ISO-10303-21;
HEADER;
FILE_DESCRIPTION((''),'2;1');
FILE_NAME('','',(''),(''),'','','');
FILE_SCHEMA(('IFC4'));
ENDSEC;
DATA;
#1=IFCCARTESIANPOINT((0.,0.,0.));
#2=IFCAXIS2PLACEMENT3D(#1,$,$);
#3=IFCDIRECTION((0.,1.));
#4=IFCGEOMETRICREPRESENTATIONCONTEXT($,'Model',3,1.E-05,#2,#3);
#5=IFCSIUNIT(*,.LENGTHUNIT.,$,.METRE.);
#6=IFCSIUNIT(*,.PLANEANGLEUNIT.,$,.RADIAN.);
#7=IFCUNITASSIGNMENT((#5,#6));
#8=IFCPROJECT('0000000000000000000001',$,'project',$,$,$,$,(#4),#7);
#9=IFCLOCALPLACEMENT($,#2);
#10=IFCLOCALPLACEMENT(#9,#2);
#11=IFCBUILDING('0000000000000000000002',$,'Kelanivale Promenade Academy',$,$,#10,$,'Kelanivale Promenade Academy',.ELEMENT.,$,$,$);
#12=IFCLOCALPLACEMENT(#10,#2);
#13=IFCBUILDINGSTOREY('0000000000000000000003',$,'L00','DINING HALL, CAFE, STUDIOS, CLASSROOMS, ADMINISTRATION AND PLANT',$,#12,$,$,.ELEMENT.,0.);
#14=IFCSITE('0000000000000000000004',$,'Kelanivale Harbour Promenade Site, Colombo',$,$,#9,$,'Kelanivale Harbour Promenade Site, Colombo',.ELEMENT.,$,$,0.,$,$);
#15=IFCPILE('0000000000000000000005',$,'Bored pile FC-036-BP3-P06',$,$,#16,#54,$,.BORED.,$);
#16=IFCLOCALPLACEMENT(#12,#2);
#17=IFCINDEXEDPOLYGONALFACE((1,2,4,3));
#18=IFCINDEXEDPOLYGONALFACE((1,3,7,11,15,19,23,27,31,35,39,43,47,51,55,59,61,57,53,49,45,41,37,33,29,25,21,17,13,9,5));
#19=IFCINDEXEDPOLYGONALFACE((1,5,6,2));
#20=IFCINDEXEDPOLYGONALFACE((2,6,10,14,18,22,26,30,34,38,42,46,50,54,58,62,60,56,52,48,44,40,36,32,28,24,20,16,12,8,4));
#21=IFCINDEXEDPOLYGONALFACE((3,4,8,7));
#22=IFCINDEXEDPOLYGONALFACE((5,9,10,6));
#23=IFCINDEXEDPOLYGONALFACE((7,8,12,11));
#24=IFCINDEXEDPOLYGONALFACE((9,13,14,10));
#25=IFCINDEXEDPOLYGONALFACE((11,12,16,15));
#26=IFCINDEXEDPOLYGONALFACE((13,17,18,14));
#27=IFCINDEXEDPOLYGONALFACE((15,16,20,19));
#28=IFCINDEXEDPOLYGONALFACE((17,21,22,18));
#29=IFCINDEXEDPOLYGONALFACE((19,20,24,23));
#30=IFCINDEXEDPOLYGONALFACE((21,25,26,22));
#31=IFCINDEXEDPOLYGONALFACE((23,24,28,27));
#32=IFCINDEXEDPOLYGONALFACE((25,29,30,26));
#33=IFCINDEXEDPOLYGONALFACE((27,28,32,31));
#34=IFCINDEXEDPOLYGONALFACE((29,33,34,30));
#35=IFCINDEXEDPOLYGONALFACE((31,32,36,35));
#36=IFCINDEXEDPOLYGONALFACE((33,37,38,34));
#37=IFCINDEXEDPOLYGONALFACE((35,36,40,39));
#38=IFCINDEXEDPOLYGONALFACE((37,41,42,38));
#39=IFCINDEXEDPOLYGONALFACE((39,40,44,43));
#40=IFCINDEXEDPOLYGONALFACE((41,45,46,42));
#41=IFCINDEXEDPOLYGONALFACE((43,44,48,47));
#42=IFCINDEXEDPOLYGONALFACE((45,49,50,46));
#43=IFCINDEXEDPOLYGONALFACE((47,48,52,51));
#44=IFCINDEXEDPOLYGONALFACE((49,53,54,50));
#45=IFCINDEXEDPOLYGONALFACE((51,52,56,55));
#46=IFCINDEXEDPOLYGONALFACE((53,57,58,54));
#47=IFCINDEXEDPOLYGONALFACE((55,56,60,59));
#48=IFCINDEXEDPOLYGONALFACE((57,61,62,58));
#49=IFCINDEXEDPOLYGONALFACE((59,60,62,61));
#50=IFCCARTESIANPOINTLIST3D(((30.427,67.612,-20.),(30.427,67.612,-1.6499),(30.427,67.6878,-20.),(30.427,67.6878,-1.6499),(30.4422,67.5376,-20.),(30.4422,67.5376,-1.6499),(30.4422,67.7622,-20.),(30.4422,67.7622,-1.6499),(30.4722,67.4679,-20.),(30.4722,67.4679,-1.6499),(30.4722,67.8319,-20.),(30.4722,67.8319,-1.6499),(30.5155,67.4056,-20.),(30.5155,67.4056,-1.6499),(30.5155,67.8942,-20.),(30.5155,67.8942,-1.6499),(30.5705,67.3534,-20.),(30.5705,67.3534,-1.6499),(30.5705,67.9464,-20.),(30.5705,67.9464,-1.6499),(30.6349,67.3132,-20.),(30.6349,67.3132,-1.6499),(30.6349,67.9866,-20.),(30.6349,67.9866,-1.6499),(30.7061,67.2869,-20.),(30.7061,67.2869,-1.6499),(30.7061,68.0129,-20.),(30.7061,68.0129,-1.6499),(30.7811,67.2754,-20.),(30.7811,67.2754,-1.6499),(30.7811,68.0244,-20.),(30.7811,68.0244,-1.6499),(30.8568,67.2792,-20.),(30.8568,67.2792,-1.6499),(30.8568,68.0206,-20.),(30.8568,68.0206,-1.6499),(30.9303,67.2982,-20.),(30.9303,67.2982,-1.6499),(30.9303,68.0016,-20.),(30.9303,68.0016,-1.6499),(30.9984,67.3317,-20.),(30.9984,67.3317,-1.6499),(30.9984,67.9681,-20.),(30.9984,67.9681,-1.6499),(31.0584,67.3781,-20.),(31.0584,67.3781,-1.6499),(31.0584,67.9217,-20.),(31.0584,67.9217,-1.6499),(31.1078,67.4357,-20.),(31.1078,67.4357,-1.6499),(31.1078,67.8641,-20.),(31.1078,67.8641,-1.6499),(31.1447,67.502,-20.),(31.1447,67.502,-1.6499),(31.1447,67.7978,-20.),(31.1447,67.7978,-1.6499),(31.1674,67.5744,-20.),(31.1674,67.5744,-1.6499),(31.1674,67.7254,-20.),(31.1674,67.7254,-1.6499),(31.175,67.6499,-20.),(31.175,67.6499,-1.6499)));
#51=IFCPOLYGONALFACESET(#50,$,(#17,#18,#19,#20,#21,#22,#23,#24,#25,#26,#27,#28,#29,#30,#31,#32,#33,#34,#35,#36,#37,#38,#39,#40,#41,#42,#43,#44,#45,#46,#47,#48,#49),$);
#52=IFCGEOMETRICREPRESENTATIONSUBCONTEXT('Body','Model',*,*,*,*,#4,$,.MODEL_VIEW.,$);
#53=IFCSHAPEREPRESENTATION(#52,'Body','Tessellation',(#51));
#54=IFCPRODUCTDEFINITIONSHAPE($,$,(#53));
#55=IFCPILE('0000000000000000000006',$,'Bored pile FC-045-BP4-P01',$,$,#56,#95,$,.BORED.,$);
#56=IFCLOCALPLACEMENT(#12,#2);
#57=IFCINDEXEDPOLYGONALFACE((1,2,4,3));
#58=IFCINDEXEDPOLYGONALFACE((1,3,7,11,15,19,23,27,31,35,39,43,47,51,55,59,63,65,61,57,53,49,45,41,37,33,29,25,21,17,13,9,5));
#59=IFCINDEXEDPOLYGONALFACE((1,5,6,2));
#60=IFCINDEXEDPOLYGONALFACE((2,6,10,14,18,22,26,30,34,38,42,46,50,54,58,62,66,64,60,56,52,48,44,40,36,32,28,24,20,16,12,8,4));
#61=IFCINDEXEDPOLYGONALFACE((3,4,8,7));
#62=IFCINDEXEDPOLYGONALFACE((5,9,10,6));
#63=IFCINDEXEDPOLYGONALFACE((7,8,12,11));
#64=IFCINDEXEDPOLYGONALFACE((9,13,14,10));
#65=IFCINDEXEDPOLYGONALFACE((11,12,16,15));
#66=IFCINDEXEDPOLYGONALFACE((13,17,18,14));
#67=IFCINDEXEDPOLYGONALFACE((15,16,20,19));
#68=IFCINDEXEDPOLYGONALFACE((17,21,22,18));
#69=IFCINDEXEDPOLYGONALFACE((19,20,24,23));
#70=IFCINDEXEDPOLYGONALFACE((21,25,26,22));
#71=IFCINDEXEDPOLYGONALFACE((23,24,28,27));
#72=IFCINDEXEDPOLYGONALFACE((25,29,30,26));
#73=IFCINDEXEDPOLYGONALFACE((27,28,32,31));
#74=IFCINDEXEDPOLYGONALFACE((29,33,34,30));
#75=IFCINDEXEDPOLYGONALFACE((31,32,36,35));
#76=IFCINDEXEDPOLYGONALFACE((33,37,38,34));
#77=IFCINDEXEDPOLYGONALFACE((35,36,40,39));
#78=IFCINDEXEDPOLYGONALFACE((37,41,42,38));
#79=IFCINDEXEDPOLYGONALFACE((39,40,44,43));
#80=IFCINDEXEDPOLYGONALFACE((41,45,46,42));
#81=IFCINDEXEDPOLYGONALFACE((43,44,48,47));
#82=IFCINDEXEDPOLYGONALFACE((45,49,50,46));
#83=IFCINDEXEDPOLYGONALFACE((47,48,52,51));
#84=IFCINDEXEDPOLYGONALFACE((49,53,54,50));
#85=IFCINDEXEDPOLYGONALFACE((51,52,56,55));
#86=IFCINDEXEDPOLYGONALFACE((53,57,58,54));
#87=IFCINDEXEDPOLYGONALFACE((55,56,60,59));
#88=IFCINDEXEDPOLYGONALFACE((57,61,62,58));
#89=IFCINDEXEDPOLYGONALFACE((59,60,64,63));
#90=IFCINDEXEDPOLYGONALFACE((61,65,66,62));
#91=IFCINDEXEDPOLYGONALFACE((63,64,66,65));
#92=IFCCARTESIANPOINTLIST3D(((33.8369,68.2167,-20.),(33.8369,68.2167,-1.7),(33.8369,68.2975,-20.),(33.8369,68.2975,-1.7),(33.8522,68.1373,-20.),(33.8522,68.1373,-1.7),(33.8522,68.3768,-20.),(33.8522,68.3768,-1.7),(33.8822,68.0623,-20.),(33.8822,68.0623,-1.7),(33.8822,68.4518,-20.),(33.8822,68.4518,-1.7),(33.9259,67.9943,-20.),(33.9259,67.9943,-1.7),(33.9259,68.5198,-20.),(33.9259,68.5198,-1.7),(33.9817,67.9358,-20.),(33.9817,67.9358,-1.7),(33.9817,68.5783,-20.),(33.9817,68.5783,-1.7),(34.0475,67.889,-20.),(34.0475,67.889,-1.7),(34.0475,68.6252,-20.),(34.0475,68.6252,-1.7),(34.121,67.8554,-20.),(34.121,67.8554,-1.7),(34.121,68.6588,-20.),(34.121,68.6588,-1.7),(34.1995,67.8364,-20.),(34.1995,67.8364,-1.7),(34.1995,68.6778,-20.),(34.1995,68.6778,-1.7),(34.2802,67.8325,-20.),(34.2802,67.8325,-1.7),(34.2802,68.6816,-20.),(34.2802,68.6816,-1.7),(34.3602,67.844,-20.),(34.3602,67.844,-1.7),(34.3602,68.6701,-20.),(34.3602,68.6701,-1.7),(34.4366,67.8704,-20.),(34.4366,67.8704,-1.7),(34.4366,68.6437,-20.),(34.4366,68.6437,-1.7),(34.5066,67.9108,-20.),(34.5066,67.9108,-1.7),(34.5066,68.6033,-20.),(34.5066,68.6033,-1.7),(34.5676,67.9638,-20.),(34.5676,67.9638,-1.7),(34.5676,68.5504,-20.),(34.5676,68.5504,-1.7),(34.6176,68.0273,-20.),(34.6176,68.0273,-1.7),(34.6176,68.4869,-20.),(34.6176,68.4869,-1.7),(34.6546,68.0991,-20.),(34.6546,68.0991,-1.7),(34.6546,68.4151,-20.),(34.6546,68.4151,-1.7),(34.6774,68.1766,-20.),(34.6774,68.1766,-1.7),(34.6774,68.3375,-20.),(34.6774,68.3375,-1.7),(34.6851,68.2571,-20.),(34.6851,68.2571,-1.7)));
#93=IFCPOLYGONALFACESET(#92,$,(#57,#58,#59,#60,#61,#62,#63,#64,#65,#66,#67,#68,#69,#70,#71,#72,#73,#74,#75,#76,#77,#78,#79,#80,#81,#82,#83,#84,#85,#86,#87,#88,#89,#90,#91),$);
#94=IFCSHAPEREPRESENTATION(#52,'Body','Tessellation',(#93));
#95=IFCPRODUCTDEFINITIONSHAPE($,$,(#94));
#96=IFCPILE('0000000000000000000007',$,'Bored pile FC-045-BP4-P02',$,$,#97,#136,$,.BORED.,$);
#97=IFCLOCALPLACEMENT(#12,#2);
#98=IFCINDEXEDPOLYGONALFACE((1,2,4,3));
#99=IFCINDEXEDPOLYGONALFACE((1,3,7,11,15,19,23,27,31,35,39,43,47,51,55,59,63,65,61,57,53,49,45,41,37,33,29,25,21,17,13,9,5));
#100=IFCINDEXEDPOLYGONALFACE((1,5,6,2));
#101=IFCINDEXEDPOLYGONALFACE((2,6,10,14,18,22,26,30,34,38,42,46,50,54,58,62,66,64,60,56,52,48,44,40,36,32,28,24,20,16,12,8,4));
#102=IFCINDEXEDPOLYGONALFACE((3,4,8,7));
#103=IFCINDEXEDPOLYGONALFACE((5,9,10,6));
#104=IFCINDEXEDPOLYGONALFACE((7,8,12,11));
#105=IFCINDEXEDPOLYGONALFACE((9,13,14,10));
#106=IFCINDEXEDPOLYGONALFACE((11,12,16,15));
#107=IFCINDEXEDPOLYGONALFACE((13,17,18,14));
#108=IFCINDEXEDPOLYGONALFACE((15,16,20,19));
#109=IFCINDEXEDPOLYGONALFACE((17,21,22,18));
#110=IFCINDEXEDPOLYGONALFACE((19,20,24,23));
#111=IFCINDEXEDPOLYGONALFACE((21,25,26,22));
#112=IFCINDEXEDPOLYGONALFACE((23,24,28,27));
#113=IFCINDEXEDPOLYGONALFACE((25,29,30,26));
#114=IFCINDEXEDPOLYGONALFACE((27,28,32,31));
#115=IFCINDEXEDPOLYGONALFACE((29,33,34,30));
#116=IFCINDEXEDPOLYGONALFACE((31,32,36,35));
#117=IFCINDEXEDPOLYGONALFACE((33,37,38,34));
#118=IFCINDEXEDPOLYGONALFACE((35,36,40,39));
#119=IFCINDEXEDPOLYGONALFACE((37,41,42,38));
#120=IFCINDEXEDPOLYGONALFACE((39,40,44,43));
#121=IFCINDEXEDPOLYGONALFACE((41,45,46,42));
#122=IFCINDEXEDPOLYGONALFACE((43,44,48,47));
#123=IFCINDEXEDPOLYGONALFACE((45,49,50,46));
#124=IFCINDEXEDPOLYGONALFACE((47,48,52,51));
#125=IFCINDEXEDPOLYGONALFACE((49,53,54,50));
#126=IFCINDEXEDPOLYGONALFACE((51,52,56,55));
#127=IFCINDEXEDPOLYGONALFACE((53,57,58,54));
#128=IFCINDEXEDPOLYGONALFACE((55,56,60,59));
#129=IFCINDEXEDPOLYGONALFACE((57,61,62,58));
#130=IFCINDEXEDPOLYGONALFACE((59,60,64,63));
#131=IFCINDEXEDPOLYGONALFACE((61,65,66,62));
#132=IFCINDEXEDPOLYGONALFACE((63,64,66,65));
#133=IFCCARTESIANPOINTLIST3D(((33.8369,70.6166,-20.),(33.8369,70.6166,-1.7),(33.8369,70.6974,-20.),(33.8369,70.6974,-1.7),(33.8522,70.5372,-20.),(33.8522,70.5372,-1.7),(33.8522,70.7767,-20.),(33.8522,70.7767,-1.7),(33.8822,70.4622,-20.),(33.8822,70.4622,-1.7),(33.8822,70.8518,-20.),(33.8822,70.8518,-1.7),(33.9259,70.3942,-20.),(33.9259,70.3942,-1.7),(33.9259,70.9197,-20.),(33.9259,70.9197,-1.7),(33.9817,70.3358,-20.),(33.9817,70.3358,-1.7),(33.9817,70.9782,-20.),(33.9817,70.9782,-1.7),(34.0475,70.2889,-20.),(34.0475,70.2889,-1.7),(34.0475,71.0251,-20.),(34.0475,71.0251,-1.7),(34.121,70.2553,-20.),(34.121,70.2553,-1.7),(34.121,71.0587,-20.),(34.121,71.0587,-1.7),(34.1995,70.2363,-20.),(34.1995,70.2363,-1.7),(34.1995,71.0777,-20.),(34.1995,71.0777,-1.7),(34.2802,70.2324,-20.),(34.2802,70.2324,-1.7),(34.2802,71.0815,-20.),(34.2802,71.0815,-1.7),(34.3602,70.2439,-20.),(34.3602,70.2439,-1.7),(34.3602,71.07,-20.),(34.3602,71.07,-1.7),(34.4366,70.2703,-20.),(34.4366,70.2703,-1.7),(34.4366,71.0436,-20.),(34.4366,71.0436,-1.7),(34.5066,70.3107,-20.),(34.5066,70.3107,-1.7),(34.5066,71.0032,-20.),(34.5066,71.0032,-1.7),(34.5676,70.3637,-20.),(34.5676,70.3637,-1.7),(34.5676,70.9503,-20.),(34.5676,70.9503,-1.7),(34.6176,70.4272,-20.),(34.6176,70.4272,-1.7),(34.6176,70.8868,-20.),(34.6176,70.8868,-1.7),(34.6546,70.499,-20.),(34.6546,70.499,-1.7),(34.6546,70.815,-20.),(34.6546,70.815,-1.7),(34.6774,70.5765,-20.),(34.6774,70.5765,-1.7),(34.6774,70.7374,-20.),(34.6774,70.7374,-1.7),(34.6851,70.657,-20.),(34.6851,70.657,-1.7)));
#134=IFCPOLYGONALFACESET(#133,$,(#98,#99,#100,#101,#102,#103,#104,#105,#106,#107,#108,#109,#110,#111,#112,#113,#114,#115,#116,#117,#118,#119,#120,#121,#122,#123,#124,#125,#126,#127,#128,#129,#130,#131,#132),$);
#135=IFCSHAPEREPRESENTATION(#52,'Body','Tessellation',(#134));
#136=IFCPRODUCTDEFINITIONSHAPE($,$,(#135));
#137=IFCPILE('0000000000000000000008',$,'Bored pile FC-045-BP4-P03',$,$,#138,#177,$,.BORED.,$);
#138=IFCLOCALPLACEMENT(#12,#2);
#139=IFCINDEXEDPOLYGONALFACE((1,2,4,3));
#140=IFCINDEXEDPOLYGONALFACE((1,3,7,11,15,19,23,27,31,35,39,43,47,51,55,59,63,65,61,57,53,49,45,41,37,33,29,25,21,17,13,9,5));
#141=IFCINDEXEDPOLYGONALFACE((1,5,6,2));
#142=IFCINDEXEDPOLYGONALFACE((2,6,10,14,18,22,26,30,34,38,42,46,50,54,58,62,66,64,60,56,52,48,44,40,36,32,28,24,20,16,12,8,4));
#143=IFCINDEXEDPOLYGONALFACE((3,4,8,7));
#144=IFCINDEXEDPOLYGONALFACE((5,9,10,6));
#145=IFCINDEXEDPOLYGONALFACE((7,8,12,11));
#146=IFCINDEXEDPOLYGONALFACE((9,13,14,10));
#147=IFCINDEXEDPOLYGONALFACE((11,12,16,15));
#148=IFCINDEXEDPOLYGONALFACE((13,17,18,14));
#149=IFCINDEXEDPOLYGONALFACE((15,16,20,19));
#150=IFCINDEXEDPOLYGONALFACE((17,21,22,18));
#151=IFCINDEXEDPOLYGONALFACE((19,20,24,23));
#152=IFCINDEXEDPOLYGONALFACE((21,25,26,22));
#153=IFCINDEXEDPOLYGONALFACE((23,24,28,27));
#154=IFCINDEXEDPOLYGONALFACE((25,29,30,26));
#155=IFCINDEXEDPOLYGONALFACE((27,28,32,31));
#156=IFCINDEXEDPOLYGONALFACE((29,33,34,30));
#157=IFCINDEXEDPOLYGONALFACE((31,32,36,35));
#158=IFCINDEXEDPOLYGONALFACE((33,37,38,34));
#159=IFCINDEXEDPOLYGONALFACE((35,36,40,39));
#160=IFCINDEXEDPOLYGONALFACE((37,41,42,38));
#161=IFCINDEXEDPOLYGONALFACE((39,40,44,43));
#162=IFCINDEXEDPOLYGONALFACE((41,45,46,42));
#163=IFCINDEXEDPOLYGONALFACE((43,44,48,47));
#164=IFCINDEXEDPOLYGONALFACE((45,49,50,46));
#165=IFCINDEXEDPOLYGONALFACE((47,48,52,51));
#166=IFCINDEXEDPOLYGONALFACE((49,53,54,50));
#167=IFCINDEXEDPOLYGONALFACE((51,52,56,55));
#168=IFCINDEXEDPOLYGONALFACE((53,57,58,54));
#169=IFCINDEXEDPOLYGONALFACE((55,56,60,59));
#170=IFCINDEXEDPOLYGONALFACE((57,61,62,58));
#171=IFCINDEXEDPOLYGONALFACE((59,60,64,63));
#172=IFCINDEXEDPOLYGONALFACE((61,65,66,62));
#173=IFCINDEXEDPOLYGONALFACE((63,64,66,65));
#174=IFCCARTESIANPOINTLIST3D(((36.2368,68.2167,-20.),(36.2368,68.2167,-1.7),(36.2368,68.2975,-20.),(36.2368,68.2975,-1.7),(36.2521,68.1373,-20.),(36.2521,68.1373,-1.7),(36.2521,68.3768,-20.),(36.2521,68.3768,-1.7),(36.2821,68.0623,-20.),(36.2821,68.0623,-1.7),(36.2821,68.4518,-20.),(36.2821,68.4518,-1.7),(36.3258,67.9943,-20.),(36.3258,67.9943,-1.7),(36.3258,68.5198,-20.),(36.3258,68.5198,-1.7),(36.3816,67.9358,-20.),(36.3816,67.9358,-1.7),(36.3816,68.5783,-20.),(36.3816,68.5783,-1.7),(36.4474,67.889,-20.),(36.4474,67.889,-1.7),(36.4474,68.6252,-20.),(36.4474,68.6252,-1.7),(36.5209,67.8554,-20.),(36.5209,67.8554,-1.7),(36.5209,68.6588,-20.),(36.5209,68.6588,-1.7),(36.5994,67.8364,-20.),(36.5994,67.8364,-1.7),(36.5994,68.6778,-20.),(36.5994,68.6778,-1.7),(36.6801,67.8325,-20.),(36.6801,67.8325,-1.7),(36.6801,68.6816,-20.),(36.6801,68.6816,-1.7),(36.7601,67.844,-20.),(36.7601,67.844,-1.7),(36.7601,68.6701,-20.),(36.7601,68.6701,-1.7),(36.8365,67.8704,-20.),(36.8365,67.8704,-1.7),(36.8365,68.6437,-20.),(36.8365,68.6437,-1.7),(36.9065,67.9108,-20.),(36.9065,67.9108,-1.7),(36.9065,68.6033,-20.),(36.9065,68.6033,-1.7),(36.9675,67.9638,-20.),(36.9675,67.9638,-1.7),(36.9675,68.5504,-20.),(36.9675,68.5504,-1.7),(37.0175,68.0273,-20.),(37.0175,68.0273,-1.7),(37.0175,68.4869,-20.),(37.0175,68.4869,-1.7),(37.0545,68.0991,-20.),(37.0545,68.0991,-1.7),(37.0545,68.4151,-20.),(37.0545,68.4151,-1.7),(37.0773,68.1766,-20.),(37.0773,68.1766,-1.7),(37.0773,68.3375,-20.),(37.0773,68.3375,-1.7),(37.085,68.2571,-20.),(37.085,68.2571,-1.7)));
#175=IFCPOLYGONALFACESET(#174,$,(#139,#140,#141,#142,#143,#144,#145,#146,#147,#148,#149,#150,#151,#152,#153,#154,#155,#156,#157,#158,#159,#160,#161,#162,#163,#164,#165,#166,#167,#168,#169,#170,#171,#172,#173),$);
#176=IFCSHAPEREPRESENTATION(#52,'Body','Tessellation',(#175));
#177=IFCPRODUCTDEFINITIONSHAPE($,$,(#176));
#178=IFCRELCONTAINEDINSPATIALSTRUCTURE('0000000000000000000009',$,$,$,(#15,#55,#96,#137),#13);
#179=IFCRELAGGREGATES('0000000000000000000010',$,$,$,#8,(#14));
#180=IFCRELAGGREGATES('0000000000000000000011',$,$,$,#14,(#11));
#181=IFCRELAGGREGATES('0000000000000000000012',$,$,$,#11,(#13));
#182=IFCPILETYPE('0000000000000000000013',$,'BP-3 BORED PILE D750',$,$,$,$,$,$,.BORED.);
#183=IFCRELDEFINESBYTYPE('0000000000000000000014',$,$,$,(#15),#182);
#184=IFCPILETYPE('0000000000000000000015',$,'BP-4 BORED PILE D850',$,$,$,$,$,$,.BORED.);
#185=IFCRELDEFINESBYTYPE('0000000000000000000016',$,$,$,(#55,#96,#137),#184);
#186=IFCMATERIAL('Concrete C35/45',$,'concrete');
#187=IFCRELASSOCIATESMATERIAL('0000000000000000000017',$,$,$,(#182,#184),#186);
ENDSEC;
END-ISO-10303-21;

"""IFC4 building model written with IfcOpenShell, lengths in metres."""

from ifc_helpers import new_model, si_unit, direction, frame, origin, origin_2d, place, context, subcontext, project, spatial, circle, extrude, material, material_profile, profile_set, type_object, element, save


model = new_model("IFC4")

# Units and contexts
model_context = context("Model", 3, precision=1e-05, world=origin(), true_north=direction((0.0, 1.0)))
body_context = subcontext(model_context, "Body", "Model", "MODEL_VIEW")
ifc_project = project(units=[si_unit("LENGTHUNIT", "METRE"), si_unit("PLANEANGLEUNIT", "RADIAN")], contexts=[model_context])

# Site, building, storey
site_placement = place(None, origin())
site = spatial("IfcSite", under=ifc_project, at=site_placement, Name="Kelanivale Harbour Promenade Site, Colombo", LongName="Kelanivale Harbour Promenade Site, Colombo", CompositionType="ELEMENT", RefElevation=0.0)
building_placement = place(site_placement, origin())
building = spatial("IfcBuilding", under=site, at=building_placement, Name="Kelanivale Promenade Academy", LongName="Kelanivale Promenade Academy", CompositionType="ELEMENT")
storey_placement = place(building_placement, origin())
storey = spatial("IfcBuildingStorey", under=building, at=storey_placement, Name="L00", Description="DINING HALL, CAFE, STUDIOS, CLASSROOMS, ADMINISTRATION AND PLANT", CompositionType="ELEMENT", Elevation=0.0)

# Piles
ifc_material_1 = material(Name="Concrete C35/45", Category="concrete")
ifc_material_profile_1 = material_profile(ifc_material_1, circle(Radius=0.375, at=origin_2d()), Name="BORED PILE D750")
ifc_profile_set_1 = profile_set([ifc_material_profile_1], Name="Concrete C35/45")
pile_type_1 = type_object("IfcPileType", Name="BP-3 BORED PILE D750", PredefinedType="BORED", material=ifc_profile_set_1)
for number, where, z_axis, x_axis, name in (
    (1, (30.8, 67.6499, -1.6499), (0.0, 0.0, -1.0), (1.0, 0.0, 0.0), "Bored pile FC-036-BP3-P06"),
):
    element("IfcPile", number, at=place(storey_placement, frame(where, z_axis=z_axis, x_axis=x_axis)), inside=storey, type_object=pile_type_1, Name=name, PredefinedType="BORED", context=body_context, shape_type="SweptSolid", body=[
        extrude(circle(Radius=0.375, at=origin_2d()), origin(), (0.0, 0.0, 1.0), 18.3501),
    ])
ifc_material_profile_2 = material_profile(ifc_material_1, circle(Radius=0.425, at=origin_2d()), Name="BORED PILE D850")
ifc_profile_set_2 = profile_set([ifc_material_profile_2], Name="Concrete C35/45")
pile_type_2 = type_object("IfcPileType", Name="BP-4 BORED PILE D850", PredefinedType="BORED", material=ifc_profile_set_2)
for number, where, z_axis, x_axis, name in (
    (2, (34.26, 68.2571, -1.7), (0.0, 0.0, -1.0), (1.0, 0.0, 0.0), "Bored pile FC-045-BP4-P01"),
    (3, (34.26, 70.657, -1.7), (0.0, 0.0, -1.0), (1.0, 0.0, 0.0), "Bored pile FC-045-BP4-P02"),
    (4, (36.6599, 68.2571, -1.7), (0.0, 0.0, -1.0), (1.0, 0.0, 0.0), "Bored pile FC-045-BP4-P03"),
):
    element("IfcPile", number, at=place(storey_placement, frame(where, z_axis=z_axis, x_axis=x_axis)), inside=storey, type_object=pile_type_2, Name=name, PredefinedType="BORED", context=body_context, shape_type="SweptSolid", body=[
        extrude(circle(Radius=0.425, at=origin_2d()), origin(), (0.0, 0.0, 1.0), 18.3),
    ])

save(model, "model.ifc")
